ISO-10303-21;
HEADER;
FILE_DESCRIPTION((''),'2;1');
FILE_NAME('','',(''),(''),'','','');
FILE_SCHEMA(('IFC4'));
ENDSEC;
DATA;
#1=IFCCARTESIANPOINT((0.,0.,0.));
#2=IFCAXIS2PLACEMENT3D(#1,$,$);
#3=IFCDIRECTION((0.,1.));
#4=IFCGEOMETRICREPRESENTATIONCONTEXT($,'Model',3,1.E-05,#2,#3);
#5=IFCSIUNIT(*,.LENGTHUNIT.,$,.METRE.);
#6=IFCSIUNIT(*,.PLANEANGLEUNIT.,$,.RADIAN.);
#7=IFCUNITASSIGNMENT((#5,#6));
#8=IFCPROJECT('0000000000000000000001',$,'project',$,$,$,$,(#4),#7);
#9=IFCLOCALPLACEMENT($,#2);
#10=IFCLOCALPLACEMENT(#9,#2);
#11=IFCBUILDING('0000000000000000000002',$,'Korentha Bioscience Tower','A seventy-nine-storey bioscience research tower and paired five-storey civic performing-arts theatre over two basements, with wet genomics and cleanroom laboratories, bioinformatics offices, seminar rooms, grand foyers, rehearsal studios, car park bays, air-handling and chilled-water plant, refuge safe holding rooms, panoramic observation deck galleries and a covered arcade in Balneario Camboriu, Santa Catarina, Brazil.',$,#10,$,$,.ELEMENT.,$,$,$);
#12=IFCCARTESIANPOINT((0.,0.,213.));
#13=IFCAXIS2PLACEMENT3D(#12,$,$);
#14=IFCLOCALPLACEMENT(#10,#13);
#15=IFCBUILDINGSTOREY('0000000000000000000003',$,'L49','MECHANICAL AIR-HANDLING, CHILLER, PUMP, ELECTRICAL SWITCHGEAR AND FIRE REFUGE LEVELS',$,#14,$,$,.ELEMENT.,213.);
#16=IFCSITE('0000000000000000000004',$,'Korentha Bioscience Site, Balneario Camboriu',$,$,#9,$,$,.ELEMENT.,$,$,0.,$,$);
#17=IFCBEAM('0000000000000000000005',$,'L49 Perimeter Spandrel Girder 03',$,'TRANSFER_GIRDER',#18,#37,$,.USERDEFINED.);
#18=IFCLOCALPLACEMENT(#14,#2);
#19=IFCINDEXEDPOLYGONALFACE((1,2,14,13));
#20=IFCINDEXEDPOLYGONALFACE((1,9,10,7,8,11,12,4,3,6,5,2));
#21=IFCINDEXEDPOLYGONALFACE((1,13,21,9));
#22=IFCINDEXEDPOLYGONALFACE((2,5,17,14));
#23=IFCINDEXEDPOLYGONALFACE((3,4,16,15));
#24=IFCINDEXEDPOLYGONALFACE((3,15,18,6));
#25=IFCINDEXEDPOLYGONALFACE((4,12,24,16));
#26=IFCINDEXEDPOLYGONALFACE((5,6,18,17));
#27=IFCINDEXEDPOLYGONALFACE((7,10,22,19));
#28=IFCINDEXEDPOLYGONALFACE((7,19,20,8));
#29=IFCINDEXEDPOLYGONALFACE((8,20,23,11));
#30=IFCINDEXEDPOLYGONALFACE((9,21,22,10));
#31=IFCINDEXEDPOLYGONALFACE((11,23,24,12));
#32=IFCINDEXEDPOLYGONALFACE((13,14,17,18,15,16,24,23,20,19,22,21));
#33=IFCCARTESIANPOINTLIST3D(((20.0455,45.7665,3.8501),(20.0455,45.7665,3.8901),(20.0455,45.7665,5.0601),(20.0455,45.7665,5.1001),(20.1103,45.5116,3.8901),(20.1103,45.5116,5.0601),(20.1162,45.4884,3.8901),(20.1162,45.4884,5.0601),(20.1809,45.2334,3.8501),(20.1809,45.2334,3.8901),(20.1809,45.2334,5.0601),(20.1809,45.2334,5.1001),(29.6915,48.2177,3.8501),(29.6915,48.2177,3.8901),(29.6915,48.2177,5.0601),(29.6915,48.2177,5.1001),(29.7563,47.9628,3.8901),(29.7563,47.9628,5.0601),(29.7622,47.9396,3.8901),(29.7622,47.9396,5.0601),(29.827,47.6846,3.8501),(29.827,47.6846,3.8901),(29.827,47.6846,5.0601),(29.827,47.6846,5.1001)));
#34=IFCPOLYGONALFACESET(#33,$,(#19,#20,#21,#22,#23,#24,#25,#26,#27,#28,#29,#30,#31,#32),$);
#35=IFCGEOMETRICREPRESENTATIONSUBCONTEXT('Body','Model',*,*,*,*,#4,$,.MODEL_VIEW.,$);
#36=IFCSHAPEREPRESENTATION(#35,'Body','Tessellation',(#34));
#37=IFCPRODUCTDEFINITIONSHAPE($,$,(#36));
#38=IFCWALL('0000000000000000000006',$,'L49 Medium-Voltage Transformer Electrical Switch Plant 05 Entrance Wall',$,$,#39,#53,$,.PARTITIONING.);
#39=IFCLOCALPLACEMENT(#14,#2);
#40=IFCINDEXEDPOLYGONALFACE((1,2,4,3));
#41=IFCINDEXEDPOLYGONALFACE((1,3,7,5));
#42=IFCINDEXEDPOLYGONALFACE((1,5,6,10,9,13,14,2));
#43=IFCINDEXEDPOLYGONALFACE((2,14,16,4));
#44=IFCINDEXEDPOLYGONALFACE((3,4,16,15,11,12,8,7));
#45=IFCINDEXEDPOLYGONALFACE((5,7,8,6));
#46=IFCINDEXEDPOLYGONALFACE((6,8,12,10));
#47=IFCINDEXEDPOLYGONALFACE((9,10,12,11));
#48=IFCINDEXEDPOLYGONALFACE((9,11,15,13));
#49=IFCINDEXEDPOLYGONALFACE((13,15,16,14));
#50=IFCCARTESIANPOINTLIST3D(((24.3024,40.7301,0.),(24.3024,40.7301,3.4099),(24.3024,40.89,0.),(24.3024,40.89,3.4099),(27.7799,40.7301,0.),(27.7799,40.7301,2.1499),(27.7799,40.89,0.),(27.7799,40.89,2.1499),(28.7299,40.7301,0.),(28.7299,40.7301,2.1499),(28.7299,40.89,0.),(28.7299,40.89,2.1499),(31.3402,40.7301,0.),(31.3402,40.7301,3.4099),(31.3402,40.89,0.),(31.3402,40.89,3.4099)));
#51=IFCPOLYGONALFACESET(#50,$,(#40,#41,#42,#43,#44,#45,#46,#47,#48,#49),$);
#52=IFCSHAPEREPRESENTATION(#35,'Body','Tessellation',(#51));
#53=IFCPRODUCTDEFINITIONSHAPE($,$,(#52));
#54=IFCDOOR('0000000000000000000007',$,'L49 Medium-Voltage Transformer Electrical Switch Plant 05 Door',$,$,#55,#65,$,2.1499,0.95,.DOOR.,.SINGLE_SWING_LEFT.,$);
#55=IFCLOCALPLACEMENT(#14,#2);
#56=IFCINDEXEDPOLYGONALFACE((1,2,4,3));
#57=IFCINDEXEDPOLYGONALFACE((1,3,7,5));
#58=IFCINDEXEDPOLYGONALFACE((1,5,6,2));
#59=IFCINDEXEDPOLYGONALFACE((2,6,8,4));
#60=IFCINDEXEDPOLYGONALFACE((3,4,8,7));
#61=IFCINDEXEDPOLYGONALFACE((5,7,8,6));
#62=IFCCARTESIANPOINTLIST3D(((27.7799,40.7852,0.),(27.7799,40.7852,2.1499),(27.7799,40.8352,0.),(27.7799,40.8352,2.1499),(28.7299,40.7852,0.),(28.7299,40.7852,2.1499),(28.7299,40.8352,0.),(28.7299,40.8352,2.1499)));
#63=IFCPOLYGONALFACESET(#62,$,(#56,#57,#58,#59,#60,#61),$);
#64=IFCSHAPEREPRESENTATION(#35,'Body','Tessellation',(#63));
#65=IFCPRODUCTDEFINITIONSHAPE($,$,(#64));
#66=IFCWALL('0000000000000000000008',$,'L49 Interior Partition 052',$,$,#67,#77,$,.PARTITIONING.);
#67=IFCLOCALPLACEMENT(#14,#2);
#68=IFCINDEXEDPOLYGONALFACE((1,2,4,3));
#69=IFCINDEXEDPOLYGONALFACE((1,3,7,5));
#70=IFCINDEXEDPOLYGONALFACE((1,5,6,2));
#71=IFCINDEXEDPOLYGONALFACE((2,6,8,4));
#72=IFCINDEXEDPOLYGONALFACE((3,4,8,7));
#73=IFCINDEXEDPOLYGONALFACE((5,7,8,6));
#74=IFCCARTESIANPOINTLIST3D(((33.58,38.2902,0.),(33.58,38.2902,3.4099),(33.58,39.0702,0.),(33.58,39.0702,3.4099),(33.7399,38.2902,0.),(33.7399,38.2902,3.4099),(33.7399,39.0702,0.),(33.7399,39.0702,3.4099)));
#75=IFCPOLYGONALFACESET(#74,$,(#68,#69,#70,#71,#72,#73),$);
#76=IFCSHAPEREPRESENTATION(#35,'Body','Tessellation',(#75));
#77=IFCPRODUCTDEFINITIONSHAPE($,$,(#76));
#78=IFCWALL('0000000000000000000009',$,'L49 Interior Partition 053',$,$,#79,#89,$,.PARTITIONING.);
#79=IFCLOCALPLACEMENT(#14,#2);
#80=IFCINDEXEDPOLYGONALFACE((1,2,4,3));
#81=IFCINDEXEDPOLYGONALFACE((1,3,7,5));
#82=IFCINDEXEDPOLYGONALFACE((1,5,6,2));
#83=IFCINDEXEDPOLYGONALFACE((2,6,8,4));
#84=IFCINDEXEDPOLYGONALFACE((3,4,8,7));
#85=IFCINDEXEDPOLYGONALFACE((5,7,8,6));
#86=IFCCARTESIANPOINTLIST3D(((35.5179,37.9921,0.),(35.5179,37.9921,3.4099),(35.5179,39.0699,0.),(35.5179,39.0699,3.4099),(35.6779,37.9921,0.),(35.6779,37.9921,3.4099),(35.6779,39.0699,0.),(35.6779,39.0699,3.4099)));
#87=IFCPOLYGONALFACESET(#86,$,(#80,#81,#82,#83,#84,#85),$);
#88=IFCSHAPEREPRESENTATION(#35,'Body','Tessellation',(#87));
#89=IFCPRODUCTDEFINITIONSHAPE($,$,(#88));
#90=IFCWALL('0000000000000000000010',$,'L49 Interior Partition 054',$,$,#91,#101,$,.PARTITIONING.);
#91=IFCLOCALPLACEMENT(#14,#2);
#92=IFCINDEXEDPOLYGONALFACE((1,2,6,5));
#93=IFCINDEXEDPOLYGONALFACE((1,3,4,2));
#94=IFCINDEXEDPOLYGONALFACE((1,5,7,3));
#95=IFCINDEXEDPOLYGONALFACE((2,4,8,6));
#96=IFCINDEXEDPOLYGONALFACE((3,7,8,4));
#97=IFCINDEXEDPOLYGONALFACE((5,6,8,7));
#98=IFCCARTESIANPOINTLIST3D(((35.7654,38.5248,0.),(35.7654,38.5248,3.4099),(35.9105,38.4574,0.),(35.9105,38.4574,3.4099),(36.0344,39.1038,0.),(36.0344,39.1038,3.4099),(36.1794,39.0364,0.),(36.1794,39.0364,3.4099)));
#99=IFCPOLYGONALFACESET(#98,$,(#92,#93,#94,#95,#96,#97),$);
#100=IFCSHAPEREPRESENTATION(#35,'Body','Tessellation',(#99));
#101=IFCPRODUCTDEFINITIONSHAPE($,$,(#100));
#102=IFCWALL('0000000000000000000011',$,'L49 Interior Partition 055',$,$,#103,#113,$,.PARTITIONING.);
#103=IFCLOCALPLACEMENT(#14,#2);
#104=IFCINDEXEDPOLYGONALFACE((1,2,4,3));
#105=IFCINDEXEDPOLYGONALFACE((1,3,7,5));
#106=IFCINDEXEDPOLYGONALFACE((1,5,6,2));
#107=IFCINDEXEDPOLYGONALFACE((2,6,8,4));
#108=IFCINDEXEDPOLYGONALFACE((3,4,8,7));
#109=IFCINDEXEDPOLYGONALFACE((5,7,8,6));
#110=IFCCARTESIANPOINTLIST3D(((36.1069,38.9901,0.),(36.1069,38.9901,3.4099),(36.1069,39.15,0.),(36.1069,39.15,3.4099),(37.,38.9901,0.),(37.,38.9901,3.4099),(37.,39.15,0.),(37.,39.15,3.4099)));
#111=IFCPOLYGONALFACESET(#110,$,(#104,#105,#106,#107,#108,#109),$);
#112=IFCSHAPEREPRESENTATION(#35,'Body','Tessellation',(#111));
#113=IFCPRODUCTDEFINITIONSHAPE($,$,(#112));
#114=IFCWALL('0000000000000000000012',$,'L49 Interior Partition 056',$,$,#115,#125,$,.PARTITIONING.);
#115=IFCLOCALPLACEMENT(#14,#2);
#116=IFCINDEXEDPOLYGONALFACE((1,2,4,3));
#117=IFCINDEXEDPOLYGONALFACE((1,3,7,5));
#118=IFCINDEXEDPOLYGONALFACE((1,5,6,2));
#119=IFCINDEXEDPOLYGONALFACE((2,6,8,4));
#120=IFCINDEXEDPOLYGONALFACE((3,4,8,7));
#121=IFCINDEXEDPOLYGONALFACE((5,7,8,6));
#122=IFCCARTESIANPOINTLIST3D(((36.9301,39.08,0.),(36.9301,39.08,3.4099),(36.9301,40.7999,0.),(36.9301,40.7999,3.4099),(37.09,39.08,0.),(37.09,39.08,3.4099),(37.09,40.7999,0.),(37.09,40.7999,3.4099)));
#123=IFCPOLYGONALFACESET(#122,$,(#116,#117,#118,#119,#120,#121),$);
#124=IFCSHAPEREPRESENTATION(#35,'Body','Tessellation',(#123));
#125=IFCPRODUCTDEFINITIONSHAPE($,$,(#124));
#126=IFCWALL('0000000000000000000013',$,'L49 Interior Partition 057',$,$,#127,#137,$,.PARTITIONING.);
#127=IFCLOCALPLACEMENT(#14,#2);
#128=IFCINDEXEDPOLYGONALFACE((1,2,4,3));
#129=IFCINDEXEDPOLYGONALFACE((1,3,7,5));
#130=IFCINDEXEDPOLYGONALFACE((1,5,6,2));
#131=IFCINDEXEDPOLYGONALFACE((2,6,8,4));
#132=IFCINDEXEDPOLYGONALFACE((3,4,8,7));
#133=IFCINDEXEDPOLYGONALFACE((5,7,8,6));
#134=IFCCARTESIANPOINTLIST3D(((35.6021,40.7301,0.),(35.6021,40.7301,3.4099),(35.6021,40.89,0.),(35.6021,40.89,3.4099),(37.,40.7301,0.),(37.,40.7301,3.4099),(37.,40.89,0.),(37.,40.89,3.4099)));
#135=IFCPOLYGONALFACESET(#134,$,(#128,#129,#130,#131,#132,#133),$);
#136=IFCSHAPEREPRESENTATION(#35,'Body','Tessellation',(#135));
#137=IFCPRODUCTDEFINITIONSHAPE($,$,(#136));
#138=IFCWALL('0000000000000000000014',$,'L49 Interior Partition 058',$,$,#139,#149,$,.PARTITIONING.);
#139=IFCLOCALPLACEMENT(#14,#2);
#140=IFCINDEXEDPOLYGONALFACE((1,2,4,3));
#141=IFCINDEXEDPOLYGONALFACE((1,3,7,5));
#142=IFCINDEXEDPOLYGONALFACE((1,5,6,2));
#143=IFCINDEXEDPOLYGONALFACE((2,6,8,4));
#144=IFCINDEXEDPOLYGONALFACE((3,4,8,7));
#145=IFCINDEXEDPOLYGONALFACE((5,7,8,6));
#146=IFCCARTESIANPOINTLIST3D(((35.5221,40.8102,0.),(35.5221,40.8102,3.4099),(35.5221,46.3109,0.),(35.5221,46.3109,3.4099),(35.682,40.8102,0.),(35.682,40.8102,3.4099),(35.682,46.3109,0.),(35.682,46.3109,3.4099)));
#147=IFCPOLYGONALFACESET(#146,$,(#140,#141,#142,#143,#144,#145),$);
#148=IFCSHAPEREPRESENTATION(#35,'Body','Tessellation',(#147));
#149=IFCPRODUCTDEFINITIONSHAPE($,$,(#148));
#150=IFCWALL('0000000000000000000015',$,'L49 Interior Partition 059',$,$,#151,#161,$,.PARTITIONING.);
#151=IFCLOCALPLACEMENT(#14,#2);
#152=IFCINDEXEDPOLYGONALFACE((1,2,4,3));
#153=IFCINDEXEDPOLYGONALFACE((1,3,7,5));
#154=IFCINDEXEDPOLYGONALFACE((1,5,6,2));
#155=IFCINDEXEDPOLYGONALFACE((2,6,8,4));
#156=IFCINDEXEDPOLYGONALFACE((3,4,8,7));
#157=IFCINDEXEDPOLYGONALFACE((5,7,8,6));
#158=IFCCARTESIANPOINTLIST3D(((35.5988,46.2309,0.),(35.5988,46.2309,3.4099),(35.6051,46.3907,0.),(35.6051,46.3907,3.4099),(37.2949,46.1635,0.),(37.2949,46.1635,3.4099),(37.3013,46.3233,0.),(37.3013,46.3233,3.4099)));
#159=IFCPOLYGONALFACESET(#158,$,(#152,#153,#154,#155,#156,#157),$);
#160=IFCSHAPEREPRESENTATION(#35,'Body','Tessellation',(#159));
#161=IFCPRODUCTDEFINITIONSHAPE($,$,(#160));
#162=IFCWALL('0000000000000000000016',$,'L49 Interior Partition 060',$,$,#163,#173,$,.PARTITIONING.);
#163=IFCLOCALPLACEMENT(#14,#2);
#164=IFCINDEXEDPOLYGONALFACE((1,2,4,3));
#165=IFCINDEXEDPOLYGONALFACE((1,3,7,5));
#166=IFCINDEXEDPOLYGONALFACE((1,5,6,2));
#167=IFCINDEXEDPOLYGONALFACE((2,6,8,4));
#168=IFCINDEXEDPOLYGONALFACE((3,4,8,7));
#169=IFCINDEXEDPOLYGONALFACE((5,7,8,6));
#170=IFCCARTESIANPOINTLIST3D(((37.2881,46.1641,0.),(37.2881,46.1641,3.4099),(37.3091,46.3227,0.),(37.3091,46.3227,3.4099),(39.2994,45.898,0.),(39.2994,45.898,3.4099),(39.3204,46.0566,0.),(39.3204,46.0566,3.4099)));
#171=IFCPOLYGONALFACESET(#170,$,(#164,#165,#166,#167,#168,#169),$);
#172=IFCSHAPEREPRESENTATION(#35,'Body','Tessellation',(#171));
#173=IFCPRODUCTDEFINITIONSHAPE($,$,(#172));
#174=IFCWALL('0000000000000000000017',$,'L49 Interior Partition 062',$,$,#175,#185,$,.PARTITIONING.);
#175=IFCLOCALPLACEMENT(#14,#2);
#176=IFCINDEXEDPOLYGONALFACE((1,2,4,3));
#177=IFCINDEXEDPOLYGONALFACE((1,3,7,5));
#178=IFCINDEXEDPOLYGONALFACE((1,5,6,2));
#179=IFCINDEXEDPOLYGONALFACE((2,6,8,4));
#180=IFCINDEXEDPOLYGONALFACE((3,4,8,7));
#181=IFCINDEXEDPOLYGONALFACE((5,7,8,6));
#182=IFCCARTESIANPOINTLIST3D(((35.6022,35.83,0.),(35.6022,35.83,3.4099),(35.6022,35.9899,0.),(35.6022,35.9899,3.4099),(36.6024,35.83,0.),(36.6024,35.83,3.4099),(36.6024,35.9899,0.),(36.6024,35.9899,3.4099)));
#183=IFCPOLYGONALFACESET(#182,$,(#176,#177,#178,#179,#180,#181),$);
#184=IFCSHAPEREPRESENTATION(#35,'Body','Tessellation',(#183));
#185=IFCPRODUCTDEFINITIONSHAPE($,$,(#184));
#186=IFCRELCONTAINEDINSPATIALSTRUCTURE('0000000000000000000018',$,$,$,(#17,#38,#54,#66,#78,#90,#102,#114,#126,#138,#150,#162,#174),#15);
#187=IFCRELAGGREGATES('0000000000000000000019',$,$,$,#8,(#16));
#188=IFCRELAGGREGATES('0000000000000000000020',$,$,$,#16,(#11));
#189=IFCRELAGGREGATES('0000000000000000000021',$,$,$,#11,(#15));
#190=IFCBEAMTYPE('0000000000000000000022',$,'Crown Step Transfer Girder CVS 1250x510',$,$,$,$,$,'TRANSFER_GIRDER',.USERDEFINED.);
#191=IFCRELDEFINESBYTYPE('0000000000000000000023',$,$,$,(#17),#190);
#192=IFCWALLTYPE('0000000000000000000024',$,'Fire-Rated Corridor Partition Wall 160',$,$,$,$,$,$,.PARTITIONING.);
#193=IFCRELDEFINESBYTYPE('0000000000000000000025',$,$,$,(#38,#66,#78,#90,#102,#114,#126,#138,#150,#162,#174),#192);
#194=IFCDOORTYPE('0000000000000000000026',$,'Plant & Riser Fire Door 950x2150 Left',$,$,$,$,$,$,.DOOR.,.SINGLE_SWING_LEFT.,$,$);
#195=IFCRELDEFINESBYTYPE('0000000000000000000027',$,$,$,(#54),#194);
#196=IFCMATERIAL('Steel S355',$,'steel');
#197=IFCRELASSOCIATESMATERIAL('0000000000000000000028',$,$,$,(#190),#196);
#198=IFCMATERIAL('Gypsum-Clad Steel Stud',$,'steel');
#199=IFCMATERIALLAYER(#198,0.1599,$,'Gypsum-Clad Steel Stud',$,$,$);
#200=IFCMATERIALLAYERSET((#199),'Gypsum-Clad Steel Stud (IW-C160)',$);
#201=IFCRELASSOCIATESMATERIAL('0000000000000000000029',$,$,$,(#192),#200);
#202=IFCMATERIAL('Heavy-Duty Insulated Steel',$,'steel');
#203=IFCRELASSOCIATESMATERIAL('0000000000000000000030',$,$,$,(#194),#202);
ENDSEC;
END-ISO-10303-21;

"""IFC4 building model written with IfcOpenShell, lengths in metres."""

from ifc_helpers import new_model, si_unit, direction, frame, frame_2d, origin, origin_2d, place, context, subcontext, project, spatial, rectangle, i_section, extrude, material, layer, layer_set, material_profile, profile_set, type_object, element, fill, save


model = new_model("IFC4")

# Units and contexts
model_context = context("Model", 3, precision=1e-05, world=origin(), true_north=direction((0.0, 1.0)))
body_context = subcontext(model_context, "Body", "Model", "MODEL_VIEW")
ifc_project = project(units=[si_unit("LENGTHUNIT", "METRE"), si_unit("PLANEANGLEUNIT", "RADIAN")], contexts=[model_context])

# Site, building, storey
site_placement = place(None, origin())
site = spatial("IfcSite", under=ifc_project, at=site_placement, Name="Korentha Bioscience Site, Balneario Camboriu", CompositionType="ELEMENT", RefElevation=0.0)
building_placement = place(site_placement, origin())
building = spatial("IfcBuilding", under=site, at=building_placement, Name="Korentha Bioscience Tower", Description="A seventy-nine-storey bioscience research tower and paired five-storey civic performing-arts theatre over two basements, with wet genomics and cleanroom laboratories, bioinformatics offices, seminar rooms, grand foyers, rehearsal studios, car park bays, air-handling and chilled-water plant, refuge safe holding rooms, panoramic observation deck galleries and a covered arcade in Balneario Camboriu, Santa Catarina, Brazil.", CompositionType="ELEMENT")
storey_placement = place(building_placement, frame((0.0, 0.0, 213.0)))
storey = spatial("IfcBuildingStorey", under=building, at=storey_placement, Name="L49", Description="MECHANICAL AIR-HANDLING, CHILLER, PUMP, ELECTRICAL SWITCHGEAR AND FIRE REFUGE LEVELS", CompositionType="ELEMENT", Elevation=213.0)

# Beam
ifc_material_1 = material(Name="Steel S355", Category="steel")
ifc_material_profile = material_profile(ifc_material_1, i_section(OverallWidth=0.55, OverallDepth=1.25, WebThickness=0.0239, FlangeThickness=0.04, at=origin_2d()), Name="Steel S355")
ifc_profile_set = profile_set([ifc_material_profile], Name="Steel S355 (TG-03)")
beam_type = type_object("IfcBeamType", Name="Crown Step Transfer Girder CVS 1250x510", ElementType="TRANSFER_GIRDER", PredefinedType="USERDEFINED", material=ifc_profile_set)
beam_placement = place(storey_placement, frame((29.7593, 47.9512, 4.4751), z_axis=(-0.969197, -0.246286, 0.0), x_axis=(0.246286, -0.969197, 0.0)))
element("IfcBeam", 1, at=beam_placement, inside=storey, type_object=beam_type, Name="L49 Perimeter Spandrel Girder 03", ObjectType="TRANSFER_GIRDER", PredefinedType="USERDEFINED", context=body_context, shape_type="SweptSolid", body=[
    extrude(i_section(OverallWidth=0.55, OverallDepth=1.25, WebThickness=0.0239, FlangeThickness=0.04, at=origin_2d()), origin(), (0.0, 0.0, 1.0), 9.9526),
])

# Wall, opening, door
ifc_material_2 = material(Name="Gypsum-Clad Steel Stud", Category="steel")
ifc_layer_1 = layer(ifc_material_2, 0.1599, Name="Gypsum-Clad Steel Stud")
ifc_layer_set_1 = layer_set([ifc_layer_1], Name="Gypsum-Clad Steel Stud (IW-C160)")
wall_type_1 = type_object("IfcWallType", Name="Fire-Rated Corridor Partition Wall 160", PredefinedType="PARTITIONING", material=ifc_layer_set_1)
ifc_material_3 = material(Name="Heavy-Duty Insulated Steel", Category="steel")
door_type = type_object("IfcDoorType", Name="Plant & Riser Fire Door 950x2150 Left", OperationType="SINGLE_SWING_LEFT", PredefinedType="DOOR", material=ifc_material_3)
wall_1_placement = place(storey_placement, frame((31.3403, 40.8101, 0.0), z_axis=(0.0, 0.0, 1.0), x_axis=(-1.0, 0.0, 0.0)))
wall_1 = element("IfcWall", 2, at=wall_1_placement, inside=storey, type_object=wall_type_1, Name="L49 Medium-Voltage Transformer Electrical Switch Plant 05 Entrance Wall", PredefinedType="PARTITIONING", context=body_context, shape_type="SweptSolid", body=[
    extrude(rectangle(XDim=7.0378, YDim=0.1599, at=frame_2d((3.519, 0.0))), origin(), (0.0, 0.0, 1.0), 3.4099),
])
opening_1_placement = place(wall_1_placement, frame((2.6104, 0.0, 0.0)))
opening_1 = element("IfcOpeningElement", 3, at=opening_1_placement, cuts=wall_1, PredefinedType="OPENING", context=body_context, shape_type="SweptSolid", body=[
    extrude(rectangle(XDim=0.95, YDim=2.1499, at=frame_2d((0.4751, 1.075))), frame((0.0, 0.0947, 0.0), z_axis=(0.0, -1.0, 0.0), x_axis=(1.0, 0.0, 0.0)), (0.0, 0.0, 1.0), 0.1897),
])
door_1_placement = place(opening_1_placement, origin())
door_1 = element("IfcDoor", 4, at=door_1_placement, inside=storey, type_object=door_type, Name="L49 Medium-Voltage Transformer Electrical Switch Plant 05 Door", OperationType="SINGLE_SWING_LEFT", OverallHeight=2.1499, OverallWidth=0.95, PredefinedType="DOOR", context=body_context, shape_type="SweptSolid", body=[
    extrude(rectangle(XDim=0.95, YDim=2.1499, at=frame_2d((0.4751, 1.075))), frame((0.0, 0.0249, 0.0), z_axis=(0.0, -1.0, 0.0), x_axis=(1.0, 0.0, 0.0)), (0.0, 0.0, 1.0), 0.05),
])
fill(opening_1, door_1)

# Walls
wall_2_placement = place(storey_placement, frame((33.6599, 38.29, 0.0), z_axis=(0.0, 0.0, 1.0), x_axis=(0.0, 1.0, 0.0)))
element("IfcWall", 5, at=wall_2_placement, inside=storey, type_object=wall_type_1, Name="L49 Interior Partition 052", PredefinedType="PARTITIONING", context=body_context, shape_type="SweptSolid", body=[
    extrude(rectangle(XDim=0.78, YDim=0.1599, at=frame_2d((0.3901, 0.0))), origin(), (0.0, 0.0, 1.0), 3.4099),
])
wall_3_placement = place(storey_placement, frame((35.5979, 39.0701, 0.0), z_axis=(0.0, 0.0, 1.0), x_axis=(0.0, -1.0, 0.0)))
element("IfcWall", 6, at=wall_3_placement, inside=storey, type_object=wall_type_1, Name="L49 Interior Partition 053", PredefinedType="PARTITIONING", context=body_context, shape_type="SweptSolid", body=[
    extrude(rectangle(XDim=1.0779, YDim=0.1599, at=frame_2d((0.5391, 0.0))), origin(), (0.0, 0.0, 1.0), 3.4099),
])
wall_4_placement = place(storey_placement, frame((35.8379, 38.491, 0.0), z_axis=(0.0, 0.0, 1.0), x_axis=(0.421336, 0.906905, 0.0)))
element("IfcWall", 7, at=wall_4_placement, inside=storey, type_object=wall_type_1, Name="L49 Interior Partition 054", PredefinedType="PARTITIONING", context=body_context, shape_type="SweptSolid", body=[
    extrude(rectangle(XDim=0.6384, YDim=0.1599, at=frame_2d((0.3193, 0.0))), origin(), (0.0, 0.0, 1.0), 3.4099),
])
wall_5_placement = place(storey_placement, frame((36.1069, 39.0701, 0.0), z_axis=(0.0, 0.0, 1.0), x_axis=(1.0, 0.0, 0.0)))
element("IfcWall", 8, at=wall_5_placement, inside=storey, type_object=wall_type_1, Name="L49 Interior Partition 055", PredefinedType="PARTITIONING", context=body_context, shape_type="SweptSolid", body=[
    extrude(rectangle(XDim=0.8931, YDim=0.1599, at=frame_2d((0.4465, 0.0))), origin(), (0.0, 0.0, 1.0), 3.4099),
])
wall_6_placement = place(storey_placement, frame((37.01, 39.0801, 0.0), z_axis=(0.0, 0.0, 1.0), x_axis=(0.0, 1.0, 0.0)))
element("IfcWall", 9, at=wall_6_placement, inside=storey, type_object=wall_type_1, Name="L49 Interior Partition 056", PredefinedType="PARTITIONING", context=body_context, shape_type="SweptSolid", body=[
    extrude(rectangle(XDim=1.72, YDim=0.1599, at=frame_2d((0.8599, 0.0))), origin(), (0.0, 0.0, 1.0), 3.4099),
])
wall_7_placement = place(storey_placement, frame((37.0, 40.8101, 0.0), z_axis=(0.0, 0.0, 1.0), x_axis=(-1.0, 0.0, 0.0)))
element("IfcWall", 10, at=wall_7_placement, inside=storey, type_object=wall_type_1, Name="L49 Interior Partition 057", PredefinedType="PARTITIONING", context=body_context, shape_type="SweptSolid", body=[
    extrude(rectangle(XDim=1.3979, YDim=0.1599, at=frame_2d((0.699, 0.0))), origin(), (0.0, 0.0, 1.0), 3.4099),
])
wall_8_placement = place(storey_placement, frame((35.6021, 40.8101, 0.0), z_axis=(0.0, 0.0, 1.0), x_axis=(0.0, 1.0, 0.0)))
element("IfcWall", 11, at=wall_8_placement, inside=storey, type_object=wall_type_1, Name="L49 Interior Partition 058", PredefinedType="PARTITIONING", context=body_context, shape_type="SweptSolid", body=[
    extrude(rectangle(XDim=5.5007, YDim=0.1599, at=frame_2d((2.7505, 0.0))), origin(), (0.0, 0.0, 1.0), 3.4099),
])
wall_9_placement = place(storey_placement, frame((35.6021, 46.3108, 0.0), z_axis=(0.0, 0.0, 1.0), x_axis=(0.999212, -0.039692, 0.0)))
element("IfcWall", 12, at=wall_9_placement, inside=storey, type_object=wall_type_1, Name="L49 Interior Partition 059", PredefinedType="PARTITIONING", context=body_context, shape_type="SweptSolid", body=[
    extrude(rectangle(XDim=1.6975, YDim=0.1599, at=frame_2d((0.8486, 0.0))), origin(), (0.0, 0.0, 1.0), 3.4099),
])
wall_10_placement = place(storey_placement, frame((37.2986, 46.2434, 0.0), z_axis=(0.0, 0.0, 1.0), x_axis=(0.99136, -0.13117, 0.0)))
element("IfcWall", 13, at=wall_10_placement, inside=storey, type_object=wall_type_1, Name="L49 Interior Partition 060", PredefinedType="PARTITIONING", context=body_context, shape_type="SweptSolid", body=[
    extrude(rectangle(XDim=2.0288, YDim=0.1599, at=frame_2d((1.0144, 0.0))), origin(), (0.0, 0.0, 1.0), 3.4099),
])
wall_11_placement = place(storey_placement, frame((36.6023, 35.9099, 0.0), z_axis=(0.0, 0.0, 1.0), x_axis=(-1.0, 0.0, 0.0)))
element("IfcWall", 14, at=wall_11_placement, inside=storey, type_object=wall_type_1, Name="L49 Interior Partition 062", PredefinedType="PARTITIONING", context=body_context, shape_type="SweptSolid", body=[
    extrude(rectangle(XDim=1.0002, YDim=0.1599, at=frame_2d((0.5, 0.0))), origin(), (0.0, 0.0, 1.0), 3.4099),
])

save(model, "model.ifc")
